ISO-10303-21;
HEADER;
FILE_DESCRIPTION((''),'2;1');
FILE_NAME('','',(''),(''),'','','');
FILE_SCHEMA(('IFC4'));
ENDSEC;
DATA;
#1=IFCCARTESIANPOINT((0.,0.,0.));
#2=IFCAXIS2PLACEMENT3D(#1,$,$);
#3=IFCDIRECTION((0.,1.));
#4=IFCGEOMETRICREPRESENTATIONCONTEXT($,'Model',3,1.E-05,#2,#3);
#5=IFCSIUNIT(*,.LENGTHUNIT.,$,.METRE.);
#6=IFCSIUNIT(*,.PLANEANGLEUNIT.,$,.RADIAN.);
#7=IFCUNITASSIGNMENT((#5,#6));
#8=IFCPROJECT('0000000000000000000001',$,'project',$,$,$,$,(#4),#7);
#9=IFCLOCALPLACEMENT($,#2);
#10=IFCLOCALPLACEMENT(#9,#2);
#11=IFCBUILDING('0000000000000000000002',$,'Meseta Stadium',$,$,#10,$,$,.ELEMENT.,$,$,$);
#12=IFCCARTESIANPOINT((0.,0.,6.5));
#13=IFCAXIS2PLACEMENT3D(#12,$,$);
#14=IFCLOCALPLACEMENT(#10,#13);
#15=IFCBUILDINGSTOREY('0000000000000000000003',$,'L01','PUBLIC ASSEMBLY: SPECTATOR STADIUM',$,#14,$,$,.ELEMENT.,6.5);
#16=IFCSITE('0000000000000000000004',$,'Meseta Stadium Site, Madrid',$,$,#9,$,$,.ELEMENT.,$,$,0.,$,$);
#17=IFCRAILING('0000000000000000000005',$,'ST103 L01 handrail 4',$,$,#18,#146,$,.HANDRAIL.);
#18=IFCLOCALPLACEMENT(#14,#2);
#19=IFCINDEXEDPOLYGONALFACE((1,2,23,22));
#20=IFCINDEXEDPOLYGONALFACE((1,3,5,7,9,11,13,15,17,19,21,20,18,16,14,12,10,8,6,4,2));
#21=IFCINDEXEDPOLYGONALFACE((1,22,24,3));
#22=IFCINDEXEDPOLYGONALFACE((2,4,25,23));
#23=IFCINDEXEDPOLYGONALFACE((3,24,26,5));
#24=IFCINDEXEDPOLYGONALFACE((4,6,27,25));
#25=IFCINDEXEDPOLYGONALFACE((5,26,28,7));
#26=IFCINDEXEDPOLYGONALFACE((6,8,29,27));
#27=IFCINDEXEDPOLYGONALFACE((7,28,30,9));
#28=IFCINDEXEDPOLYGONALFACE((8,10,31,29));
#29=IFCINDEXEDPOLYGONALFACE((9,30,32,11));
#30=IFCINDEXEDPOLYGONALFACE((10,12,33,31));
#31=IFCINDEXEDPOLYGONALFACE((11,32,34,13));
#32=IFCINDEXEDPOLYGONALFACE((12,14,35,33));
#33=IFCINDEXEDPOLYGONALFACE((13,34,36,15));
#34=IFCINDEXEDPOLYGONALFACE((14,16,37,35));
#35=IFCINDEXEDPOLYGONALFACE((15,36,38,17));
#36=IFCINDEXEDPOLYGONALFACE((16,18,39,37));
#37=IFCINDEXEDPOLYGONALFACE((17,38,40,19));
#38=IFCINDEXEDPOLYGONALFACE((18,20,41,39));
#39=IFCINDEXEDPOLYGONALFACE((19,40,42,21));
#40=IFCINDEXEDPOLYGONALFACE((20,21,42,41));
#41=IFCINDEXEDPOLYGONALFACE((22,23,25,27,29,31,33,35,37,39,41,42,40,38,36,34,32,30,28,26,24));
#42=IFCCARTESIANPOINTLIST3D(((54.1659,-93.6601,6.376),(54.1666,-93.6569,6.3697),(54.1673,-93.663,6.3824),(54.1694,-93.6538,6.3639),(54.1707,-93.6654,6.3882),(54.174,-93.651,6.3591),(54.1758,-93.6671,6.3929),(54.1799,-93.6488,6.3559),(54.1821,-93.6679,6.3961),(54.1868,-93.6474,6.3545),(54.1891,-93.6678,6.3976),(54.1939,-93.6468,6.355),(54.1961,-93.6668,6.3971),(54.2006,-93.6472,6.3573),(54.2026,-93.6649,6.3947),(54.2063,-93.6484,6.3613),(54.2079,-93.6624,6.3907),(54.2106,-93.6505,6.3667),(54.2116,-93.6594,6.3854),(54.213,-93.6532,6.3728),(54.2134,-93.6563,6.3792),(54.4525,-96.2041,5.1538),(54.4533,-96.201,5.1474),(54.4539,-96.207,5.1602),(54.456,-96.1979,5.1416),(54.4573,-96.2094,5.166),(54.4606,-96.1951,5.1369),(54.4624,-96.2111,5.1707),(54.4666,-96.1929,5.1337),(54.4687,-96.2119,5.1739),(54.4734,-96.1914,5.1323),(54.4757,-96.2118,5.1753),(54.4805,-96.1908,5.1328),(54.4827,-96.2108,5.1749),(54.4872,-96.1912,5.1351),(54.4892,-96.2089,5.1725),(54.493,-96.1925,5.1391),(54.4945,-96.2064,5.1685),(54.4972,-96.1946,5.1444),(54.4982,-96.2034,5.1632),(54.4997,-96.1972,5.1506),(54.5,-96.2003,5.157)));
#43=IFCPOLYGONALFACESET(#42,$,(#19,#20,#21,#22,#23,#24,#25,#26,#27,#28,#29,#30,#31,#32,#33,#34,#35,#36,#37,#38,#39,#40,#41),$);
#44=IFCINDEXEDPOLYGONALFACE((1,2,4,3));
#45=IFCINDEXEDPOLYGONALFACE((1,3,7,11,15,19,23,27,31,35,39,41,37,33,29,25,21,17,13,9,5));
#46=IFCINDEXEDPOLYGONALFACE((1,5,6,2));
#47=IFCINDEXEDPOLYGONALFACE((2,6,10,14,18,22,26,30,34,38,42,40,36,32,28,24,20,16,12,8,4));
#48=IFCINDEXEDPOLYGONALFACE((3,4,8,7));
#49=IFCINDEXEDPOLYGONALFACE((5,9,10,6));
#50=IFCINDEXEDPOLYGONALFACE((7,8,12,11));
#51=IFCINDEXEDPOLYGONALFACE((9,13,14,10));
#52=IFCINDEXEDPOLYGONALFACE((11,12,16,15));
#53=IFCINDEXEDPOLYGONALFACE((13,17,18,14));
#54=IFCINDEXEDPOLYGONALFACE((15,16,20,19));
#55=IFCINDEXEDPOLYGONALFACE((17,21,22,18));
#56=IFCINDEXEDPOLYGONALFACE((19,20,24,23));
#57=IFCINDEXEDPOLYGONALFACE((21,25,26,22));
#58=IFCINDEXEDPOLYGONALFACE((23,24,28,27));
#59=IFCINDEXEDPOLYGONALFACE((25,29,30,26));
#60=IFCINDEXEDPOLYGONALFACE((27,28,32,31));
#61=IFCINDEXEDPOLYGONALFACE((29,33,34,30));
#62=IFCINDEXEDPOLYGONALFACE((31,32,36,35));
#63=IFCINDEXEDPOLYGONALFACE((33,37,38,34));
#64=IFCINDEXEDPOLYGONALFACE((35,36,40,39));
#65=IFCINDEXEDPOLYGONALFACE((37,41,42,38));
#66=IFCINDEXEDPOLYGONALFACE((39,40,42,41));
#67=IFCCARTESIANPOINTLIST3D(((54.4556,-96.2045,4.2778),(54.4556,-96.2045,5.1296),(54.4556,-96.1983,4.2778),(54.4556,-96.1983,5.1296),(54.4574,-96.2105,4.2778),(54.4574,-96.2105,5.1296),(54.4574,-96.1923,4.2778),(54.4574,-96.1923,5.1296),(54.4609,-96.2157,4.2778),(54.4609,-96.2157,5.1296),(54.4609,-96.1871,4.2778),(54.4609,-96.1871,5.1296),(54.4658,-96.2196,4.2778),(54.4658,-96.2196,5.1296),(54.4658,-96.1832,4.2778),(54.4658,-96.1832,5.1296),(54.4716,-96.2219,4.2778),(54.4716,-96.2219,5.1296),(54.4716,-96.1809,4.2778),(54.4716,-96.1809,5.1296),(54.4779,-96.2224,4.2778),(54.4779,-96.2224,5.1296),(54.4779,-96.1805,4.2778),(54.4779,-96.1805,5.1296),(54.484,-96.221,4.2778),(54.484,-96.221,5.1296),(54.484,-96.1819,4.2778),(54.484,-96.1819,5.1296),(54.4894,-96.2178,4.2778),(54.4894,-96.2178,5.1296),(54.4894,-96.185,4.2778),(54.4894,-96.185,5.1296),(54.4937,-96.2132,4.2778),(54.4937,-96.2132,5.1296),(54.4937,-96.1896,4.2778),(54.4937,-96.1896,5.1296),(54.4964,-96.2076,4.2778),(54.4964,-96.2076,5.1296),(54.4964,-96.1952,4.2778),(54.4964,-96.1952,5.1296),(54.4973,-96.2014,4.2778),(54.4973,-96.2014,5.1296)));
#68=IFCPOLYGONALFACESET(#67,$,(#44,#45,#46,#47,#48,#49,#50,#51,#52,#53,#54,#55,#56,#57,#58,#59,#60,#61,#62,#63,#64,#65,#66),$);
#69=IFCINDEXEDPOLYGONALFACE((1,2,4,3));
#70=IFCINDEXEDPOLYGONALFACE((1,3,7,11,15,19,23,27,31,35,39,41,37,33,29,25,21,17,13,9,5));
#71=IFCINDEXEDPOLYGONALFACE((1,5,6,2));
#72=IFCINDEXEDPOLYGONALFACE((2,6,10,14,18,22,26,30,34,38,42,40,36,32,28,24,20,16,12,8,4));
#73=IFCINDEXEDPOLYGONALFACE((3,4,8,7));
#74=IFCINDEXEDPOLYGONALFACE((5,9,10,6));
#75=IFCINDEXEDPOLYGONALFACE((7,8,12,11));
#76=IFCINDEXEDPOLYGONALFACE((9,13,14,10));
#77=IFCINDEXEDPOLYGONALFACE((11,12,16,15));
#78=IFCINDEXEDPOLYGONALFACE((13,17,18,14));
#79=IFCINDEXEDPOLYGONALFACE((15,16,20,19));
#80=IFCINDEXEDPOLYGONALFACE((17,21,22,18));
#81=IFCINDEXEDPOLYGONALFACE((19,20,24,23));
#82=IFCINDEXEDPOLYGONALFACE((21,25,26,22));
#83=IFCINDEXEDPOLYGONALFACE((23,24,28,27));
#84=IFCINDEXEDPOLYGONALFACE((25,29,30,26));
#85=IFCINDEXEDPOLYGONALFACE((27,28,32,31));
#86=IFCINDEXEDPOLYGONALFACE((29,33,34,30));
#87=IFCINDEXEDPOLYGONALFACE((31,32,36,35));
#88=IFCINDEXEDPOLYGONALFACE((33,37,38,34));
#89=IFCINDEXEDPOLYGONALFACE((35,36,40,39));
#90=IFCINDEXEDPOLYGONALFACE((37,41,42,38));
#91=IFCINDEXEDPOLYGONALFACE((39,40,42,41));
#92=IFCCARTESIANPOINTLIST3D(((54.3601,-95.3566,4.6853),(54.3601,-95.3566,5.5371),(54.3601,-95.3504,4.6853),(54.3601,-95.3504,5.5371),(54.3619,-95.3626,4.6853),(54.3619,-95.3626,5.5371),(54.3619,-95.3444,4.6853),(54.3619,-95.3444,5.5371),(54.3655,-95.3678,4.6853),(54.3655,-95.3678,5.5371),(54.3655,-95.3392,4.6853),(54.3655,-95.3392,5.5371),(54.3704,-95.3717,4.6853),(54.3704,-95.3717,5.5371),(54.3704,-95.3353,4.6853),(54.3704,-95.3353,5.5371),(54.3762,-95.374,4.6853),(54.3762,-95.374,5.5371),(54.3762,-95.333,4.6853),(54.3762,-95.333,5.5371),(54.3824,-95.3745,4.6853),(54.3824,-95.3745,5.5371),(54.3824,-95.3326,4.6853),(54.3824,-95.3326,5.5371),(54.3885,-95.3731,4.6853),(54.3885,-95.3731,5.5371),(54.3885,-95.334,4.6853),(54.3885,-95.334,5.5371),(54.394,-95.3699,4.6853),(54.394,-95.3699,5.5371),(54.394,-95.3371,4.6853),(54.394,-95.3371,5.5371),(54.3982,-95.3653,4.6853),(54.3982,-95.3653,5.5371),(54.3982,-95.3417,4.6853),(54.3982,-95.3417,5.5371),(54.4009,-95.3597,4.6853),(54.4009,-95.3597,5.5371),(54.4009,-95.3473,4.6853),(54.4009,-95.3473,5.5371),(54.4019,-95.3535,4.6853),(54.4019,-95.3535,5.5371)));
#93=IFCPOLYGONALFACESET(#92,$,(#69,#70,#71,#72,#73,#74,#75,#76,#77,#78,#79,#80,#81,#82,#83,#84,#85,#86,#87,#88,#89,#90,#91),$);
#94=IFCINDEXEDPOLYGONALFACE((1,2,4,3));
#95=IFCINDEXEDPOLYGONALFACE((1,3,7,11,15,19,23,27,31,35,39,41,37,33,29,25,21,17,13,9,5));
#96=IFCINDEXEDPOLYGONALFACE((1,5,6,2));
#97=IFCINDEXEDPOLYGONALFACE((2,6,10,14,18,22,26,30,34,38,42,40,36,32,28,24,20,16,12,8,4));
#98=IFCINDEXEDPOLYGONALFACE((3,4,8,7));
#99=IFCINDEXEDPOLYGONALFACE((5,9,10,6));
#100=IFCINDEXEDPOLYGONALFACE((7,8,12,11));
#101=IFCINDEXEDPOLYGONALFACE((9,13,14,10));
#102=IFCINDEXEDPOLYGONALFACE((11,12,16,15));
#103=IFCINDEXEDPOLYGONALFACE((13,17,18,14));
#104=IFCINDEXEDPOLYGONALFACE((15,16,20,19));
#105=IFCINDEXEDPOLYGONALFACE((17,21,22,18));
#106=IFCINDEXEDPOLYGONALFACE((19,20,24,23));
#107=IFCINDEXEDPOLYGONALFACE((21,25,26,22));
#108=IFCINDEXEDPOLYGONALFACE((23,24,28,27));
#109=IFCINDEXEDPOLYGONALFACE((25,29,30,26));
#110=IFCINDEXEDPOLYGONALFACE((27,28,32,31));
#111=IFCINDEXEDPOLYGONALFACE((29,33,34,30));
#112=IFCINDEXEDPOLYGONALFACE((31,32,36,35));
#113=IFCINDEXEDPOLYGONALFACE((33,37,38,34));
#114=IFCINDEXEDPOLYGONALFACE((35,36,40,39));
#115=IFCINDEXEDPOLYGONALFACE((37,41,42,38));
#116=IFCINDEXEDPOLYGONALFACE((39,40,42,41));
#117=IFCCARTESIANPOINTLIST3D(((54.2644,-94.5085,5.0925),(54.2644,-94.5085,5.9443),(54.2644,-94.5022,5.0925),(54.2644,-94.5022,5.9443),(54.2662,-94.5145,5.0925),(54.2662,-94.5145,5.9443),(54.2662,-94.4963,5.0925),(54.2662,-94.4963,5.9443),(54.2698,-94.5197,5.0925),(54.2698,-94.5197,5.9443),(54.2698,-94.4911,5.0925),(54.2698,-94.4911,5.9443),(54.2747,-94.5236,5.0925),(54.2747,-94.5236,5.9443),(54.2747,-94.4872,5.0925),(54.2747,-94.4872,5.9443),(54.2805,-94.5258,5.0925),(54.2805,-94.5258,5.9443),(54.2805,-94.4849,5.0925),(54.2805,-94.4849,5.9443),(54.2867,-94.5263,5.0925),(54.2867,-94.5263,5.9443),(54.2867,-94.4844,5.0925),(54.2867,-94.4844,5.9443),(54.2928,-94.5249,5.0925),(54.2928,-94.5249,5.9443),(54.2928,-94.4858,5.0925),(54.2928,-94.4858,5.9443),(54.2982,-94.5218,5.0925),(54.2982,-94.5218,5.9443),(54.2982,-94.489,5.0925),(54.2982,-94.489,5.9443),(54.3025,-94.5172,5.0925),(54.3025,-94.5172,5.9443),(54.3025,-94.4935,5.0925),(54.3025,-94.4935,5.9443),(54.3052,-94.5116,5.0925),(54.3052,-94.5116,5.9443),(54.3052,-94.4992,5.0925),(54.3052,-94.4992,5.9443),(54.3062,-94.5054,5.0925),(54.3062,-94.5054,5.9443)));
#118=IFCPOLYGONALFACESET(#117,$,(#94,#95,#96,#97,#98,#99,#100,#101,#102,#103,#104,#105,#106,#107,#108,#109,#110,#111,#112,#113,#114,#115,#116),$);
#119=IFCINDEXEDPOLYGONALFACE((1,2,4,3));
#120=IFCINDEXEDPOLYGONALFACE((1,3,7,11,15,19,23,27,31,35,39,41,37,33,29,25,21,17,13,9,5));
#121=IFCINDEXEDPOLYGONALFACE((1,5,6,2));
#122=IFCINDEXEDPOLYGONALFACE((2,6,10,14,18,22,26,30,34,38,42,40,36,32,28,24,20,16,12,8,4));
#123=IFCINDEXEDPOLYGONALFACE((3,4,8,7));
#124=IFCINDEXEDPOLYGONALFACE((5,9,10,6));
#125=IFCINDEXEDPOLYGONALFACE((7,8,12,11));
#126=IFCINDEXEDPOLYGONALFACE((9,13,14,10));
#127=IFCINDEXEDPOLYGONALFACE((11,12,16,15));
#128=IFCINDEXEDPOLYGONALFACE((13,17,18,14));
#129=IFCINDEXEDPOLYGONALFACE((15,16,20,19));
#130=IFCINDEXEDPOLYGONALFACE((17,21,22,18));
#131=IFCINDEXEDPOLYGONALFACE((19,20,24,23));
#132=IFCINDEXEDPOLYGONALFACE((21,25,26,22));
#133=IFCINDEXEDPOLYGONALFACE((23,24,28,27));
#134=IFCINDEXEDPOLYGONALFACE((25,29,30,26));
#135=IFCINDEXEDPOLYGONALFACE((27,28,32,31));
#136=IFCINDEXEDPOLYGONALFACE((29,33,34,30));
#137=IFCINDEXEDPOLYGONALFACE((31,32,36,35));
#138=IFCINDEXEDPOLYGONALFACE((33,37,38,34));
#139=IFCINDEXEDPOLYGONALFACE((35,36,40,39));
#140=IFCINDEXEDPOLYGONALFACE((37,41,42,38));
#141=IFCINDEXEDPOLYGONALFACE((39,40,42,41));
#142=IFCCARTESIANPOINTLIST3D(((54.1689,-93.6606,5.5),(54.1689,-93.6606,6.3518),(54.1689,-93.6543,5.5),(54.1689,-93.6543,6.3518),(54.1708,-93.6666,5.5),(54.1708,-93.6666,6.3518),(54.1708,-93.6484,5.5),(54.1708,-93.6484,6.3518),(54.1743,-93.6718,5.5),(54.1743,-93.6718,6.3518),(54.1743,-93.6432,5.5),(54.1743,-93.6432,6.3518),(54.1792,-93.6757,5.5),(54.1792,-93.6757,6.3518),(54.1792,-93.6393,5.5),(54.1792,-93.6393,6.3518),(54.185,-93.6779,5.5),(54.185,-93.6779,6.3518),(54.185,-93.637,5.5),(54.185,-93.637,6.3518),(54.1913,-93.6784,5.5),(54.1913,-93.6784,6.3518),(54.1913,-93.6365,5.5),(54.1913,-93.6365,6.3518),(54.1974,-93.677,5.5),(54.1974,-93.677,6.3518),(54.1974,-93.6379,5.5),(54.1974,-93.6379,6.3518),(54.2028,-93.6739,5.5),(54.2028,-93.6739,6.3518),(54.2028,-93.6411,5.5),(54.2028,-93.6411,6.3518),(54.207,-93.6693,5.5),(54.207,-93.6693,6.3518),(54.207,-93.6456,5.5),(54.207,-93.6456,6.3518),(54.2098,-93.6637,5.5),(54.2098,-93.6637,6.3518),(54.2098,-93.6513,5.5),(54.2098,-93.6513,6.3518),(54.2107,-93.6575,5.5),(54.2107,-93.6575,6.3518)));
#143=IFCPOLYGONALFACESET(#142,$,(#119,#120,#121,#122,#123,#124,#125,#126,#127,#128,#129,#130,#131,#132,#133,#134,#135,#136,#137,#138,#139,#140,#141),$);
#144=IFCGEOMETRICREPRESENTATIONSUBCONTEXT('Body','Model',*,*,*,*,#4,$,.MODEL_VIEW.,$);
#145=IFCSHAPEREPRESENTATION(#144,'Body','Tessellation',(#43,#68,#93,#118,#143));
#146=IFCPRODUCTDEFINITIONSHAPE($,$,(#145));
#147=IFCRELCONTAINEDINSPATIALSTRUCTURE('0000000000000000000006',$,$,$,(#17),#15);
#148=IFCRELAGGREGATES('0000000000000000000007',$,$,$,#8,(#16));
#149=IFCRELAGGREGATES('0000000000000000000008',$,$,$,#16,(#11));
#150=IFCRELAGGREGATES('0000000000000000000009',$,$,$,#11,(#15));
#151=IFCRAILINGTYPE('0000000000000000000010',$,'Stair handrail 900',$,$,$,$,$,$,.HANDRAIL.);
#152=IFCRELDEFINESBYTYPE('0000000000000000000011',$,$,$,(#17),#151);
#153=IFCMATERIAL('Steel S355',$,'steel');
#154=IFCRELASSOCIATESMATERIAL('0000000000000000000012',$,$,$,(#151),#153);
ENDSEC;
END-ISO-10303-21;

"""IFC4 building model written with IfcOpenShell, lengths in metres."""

from ifc_helpers import new_model, si_unit, direction, frame, origin, origin_2d, place, context, subcontext, project, spatial, circle, extrude, material, type_object, element, save


model = new_model("IFC4")

# Units and contexts
model_context = context("Model", 3, precision=1e-05, world=origin(), true_north=direction((0.0, 1.0)))
body_context = subcontext(model_context, "Body", "Model", "MODEL_VIEW")
ifc_project = project(units=[si_unit("LENGTHUNIT", "METRE"), si_unit("PLANEANGLEUNIT", "RADIAN")], contexts=[model_context])

# Site, building, storey
site_placement = place(None, origin())
site = spatial("IfcSite", under=ifc_project, at=site_placement, Name="Meseta Stadium Site, Madrid", CompositionType="ELEMENT", RefElevation=0.0)
building_placement = place(site_placement, origin())
building = spatial("IfcBuilding", under=site, at=building_placement, Name="Meseta Stadium", CompositionType="ELEMENT")
storey_placement = place(building_placement, frame((0.0, 0.0, 6.5)))
storey = spatial("IfcBuildingStorey", under=building, at=storey_placement, Name="L01", Description="PUBLIC ASSEMBLY: SPECTATOR STADIUM", CompositionType="ELEMENT", Elevation=6.5)

# Railing
ifc_material_1 = material(Name="Steel S355", Category="steel")
railing_type_1 = type_object("IfcRailingType", Name="Stair handrail 900", PredefinedType="HANDRAIL", material=ifc_material_1)
railing_1_placement = place(storey_placement, frame((54.4763, -96.2014, 4.2778)))
element("IfcRailing", 1, at=railing_1_placement, inside=storey, type_object=railing_type_1, Name="ST103 L01 handrail 4", PredefinedType="HANDRAIL", context=body_context, shape_type="SweptSolid", body=[
    extrude(circle(Radius=0.0239, at=origin_2d()), frame((0.0, 0.0, 0.876), z_axis=(-0.101036, 0.896762, 0.430824), x_axis=(-0.993713, -0.11196, 0.0)), (0.0, 0.0, 1.0), 2.8369),
    extrude(circle(Radius=0.021, at=origin_2d()), origin(), (0.0, 0.0, 1.0), 0.8518),
    extrude(circle(Radius=0.021, at=origin_2d()), frame((-0.0955, 0.8479, 0.4075)), (0.0, 0.0, 1.0), 0.8518),
    extrude(circle(Radius=0.021, at=origin_2d()), frame((-0.1912, 1.696, 0.8147)), (0.0, 0.0, 1.0), 0.8518),
    extrude(circle(Radius=0.021, at=origin_2d()), frame((-0.2866, 2.5439, 1.2222)), (0.0, 0.0, 1.0), 0.8518),
])

save(model, "model.ifc")
